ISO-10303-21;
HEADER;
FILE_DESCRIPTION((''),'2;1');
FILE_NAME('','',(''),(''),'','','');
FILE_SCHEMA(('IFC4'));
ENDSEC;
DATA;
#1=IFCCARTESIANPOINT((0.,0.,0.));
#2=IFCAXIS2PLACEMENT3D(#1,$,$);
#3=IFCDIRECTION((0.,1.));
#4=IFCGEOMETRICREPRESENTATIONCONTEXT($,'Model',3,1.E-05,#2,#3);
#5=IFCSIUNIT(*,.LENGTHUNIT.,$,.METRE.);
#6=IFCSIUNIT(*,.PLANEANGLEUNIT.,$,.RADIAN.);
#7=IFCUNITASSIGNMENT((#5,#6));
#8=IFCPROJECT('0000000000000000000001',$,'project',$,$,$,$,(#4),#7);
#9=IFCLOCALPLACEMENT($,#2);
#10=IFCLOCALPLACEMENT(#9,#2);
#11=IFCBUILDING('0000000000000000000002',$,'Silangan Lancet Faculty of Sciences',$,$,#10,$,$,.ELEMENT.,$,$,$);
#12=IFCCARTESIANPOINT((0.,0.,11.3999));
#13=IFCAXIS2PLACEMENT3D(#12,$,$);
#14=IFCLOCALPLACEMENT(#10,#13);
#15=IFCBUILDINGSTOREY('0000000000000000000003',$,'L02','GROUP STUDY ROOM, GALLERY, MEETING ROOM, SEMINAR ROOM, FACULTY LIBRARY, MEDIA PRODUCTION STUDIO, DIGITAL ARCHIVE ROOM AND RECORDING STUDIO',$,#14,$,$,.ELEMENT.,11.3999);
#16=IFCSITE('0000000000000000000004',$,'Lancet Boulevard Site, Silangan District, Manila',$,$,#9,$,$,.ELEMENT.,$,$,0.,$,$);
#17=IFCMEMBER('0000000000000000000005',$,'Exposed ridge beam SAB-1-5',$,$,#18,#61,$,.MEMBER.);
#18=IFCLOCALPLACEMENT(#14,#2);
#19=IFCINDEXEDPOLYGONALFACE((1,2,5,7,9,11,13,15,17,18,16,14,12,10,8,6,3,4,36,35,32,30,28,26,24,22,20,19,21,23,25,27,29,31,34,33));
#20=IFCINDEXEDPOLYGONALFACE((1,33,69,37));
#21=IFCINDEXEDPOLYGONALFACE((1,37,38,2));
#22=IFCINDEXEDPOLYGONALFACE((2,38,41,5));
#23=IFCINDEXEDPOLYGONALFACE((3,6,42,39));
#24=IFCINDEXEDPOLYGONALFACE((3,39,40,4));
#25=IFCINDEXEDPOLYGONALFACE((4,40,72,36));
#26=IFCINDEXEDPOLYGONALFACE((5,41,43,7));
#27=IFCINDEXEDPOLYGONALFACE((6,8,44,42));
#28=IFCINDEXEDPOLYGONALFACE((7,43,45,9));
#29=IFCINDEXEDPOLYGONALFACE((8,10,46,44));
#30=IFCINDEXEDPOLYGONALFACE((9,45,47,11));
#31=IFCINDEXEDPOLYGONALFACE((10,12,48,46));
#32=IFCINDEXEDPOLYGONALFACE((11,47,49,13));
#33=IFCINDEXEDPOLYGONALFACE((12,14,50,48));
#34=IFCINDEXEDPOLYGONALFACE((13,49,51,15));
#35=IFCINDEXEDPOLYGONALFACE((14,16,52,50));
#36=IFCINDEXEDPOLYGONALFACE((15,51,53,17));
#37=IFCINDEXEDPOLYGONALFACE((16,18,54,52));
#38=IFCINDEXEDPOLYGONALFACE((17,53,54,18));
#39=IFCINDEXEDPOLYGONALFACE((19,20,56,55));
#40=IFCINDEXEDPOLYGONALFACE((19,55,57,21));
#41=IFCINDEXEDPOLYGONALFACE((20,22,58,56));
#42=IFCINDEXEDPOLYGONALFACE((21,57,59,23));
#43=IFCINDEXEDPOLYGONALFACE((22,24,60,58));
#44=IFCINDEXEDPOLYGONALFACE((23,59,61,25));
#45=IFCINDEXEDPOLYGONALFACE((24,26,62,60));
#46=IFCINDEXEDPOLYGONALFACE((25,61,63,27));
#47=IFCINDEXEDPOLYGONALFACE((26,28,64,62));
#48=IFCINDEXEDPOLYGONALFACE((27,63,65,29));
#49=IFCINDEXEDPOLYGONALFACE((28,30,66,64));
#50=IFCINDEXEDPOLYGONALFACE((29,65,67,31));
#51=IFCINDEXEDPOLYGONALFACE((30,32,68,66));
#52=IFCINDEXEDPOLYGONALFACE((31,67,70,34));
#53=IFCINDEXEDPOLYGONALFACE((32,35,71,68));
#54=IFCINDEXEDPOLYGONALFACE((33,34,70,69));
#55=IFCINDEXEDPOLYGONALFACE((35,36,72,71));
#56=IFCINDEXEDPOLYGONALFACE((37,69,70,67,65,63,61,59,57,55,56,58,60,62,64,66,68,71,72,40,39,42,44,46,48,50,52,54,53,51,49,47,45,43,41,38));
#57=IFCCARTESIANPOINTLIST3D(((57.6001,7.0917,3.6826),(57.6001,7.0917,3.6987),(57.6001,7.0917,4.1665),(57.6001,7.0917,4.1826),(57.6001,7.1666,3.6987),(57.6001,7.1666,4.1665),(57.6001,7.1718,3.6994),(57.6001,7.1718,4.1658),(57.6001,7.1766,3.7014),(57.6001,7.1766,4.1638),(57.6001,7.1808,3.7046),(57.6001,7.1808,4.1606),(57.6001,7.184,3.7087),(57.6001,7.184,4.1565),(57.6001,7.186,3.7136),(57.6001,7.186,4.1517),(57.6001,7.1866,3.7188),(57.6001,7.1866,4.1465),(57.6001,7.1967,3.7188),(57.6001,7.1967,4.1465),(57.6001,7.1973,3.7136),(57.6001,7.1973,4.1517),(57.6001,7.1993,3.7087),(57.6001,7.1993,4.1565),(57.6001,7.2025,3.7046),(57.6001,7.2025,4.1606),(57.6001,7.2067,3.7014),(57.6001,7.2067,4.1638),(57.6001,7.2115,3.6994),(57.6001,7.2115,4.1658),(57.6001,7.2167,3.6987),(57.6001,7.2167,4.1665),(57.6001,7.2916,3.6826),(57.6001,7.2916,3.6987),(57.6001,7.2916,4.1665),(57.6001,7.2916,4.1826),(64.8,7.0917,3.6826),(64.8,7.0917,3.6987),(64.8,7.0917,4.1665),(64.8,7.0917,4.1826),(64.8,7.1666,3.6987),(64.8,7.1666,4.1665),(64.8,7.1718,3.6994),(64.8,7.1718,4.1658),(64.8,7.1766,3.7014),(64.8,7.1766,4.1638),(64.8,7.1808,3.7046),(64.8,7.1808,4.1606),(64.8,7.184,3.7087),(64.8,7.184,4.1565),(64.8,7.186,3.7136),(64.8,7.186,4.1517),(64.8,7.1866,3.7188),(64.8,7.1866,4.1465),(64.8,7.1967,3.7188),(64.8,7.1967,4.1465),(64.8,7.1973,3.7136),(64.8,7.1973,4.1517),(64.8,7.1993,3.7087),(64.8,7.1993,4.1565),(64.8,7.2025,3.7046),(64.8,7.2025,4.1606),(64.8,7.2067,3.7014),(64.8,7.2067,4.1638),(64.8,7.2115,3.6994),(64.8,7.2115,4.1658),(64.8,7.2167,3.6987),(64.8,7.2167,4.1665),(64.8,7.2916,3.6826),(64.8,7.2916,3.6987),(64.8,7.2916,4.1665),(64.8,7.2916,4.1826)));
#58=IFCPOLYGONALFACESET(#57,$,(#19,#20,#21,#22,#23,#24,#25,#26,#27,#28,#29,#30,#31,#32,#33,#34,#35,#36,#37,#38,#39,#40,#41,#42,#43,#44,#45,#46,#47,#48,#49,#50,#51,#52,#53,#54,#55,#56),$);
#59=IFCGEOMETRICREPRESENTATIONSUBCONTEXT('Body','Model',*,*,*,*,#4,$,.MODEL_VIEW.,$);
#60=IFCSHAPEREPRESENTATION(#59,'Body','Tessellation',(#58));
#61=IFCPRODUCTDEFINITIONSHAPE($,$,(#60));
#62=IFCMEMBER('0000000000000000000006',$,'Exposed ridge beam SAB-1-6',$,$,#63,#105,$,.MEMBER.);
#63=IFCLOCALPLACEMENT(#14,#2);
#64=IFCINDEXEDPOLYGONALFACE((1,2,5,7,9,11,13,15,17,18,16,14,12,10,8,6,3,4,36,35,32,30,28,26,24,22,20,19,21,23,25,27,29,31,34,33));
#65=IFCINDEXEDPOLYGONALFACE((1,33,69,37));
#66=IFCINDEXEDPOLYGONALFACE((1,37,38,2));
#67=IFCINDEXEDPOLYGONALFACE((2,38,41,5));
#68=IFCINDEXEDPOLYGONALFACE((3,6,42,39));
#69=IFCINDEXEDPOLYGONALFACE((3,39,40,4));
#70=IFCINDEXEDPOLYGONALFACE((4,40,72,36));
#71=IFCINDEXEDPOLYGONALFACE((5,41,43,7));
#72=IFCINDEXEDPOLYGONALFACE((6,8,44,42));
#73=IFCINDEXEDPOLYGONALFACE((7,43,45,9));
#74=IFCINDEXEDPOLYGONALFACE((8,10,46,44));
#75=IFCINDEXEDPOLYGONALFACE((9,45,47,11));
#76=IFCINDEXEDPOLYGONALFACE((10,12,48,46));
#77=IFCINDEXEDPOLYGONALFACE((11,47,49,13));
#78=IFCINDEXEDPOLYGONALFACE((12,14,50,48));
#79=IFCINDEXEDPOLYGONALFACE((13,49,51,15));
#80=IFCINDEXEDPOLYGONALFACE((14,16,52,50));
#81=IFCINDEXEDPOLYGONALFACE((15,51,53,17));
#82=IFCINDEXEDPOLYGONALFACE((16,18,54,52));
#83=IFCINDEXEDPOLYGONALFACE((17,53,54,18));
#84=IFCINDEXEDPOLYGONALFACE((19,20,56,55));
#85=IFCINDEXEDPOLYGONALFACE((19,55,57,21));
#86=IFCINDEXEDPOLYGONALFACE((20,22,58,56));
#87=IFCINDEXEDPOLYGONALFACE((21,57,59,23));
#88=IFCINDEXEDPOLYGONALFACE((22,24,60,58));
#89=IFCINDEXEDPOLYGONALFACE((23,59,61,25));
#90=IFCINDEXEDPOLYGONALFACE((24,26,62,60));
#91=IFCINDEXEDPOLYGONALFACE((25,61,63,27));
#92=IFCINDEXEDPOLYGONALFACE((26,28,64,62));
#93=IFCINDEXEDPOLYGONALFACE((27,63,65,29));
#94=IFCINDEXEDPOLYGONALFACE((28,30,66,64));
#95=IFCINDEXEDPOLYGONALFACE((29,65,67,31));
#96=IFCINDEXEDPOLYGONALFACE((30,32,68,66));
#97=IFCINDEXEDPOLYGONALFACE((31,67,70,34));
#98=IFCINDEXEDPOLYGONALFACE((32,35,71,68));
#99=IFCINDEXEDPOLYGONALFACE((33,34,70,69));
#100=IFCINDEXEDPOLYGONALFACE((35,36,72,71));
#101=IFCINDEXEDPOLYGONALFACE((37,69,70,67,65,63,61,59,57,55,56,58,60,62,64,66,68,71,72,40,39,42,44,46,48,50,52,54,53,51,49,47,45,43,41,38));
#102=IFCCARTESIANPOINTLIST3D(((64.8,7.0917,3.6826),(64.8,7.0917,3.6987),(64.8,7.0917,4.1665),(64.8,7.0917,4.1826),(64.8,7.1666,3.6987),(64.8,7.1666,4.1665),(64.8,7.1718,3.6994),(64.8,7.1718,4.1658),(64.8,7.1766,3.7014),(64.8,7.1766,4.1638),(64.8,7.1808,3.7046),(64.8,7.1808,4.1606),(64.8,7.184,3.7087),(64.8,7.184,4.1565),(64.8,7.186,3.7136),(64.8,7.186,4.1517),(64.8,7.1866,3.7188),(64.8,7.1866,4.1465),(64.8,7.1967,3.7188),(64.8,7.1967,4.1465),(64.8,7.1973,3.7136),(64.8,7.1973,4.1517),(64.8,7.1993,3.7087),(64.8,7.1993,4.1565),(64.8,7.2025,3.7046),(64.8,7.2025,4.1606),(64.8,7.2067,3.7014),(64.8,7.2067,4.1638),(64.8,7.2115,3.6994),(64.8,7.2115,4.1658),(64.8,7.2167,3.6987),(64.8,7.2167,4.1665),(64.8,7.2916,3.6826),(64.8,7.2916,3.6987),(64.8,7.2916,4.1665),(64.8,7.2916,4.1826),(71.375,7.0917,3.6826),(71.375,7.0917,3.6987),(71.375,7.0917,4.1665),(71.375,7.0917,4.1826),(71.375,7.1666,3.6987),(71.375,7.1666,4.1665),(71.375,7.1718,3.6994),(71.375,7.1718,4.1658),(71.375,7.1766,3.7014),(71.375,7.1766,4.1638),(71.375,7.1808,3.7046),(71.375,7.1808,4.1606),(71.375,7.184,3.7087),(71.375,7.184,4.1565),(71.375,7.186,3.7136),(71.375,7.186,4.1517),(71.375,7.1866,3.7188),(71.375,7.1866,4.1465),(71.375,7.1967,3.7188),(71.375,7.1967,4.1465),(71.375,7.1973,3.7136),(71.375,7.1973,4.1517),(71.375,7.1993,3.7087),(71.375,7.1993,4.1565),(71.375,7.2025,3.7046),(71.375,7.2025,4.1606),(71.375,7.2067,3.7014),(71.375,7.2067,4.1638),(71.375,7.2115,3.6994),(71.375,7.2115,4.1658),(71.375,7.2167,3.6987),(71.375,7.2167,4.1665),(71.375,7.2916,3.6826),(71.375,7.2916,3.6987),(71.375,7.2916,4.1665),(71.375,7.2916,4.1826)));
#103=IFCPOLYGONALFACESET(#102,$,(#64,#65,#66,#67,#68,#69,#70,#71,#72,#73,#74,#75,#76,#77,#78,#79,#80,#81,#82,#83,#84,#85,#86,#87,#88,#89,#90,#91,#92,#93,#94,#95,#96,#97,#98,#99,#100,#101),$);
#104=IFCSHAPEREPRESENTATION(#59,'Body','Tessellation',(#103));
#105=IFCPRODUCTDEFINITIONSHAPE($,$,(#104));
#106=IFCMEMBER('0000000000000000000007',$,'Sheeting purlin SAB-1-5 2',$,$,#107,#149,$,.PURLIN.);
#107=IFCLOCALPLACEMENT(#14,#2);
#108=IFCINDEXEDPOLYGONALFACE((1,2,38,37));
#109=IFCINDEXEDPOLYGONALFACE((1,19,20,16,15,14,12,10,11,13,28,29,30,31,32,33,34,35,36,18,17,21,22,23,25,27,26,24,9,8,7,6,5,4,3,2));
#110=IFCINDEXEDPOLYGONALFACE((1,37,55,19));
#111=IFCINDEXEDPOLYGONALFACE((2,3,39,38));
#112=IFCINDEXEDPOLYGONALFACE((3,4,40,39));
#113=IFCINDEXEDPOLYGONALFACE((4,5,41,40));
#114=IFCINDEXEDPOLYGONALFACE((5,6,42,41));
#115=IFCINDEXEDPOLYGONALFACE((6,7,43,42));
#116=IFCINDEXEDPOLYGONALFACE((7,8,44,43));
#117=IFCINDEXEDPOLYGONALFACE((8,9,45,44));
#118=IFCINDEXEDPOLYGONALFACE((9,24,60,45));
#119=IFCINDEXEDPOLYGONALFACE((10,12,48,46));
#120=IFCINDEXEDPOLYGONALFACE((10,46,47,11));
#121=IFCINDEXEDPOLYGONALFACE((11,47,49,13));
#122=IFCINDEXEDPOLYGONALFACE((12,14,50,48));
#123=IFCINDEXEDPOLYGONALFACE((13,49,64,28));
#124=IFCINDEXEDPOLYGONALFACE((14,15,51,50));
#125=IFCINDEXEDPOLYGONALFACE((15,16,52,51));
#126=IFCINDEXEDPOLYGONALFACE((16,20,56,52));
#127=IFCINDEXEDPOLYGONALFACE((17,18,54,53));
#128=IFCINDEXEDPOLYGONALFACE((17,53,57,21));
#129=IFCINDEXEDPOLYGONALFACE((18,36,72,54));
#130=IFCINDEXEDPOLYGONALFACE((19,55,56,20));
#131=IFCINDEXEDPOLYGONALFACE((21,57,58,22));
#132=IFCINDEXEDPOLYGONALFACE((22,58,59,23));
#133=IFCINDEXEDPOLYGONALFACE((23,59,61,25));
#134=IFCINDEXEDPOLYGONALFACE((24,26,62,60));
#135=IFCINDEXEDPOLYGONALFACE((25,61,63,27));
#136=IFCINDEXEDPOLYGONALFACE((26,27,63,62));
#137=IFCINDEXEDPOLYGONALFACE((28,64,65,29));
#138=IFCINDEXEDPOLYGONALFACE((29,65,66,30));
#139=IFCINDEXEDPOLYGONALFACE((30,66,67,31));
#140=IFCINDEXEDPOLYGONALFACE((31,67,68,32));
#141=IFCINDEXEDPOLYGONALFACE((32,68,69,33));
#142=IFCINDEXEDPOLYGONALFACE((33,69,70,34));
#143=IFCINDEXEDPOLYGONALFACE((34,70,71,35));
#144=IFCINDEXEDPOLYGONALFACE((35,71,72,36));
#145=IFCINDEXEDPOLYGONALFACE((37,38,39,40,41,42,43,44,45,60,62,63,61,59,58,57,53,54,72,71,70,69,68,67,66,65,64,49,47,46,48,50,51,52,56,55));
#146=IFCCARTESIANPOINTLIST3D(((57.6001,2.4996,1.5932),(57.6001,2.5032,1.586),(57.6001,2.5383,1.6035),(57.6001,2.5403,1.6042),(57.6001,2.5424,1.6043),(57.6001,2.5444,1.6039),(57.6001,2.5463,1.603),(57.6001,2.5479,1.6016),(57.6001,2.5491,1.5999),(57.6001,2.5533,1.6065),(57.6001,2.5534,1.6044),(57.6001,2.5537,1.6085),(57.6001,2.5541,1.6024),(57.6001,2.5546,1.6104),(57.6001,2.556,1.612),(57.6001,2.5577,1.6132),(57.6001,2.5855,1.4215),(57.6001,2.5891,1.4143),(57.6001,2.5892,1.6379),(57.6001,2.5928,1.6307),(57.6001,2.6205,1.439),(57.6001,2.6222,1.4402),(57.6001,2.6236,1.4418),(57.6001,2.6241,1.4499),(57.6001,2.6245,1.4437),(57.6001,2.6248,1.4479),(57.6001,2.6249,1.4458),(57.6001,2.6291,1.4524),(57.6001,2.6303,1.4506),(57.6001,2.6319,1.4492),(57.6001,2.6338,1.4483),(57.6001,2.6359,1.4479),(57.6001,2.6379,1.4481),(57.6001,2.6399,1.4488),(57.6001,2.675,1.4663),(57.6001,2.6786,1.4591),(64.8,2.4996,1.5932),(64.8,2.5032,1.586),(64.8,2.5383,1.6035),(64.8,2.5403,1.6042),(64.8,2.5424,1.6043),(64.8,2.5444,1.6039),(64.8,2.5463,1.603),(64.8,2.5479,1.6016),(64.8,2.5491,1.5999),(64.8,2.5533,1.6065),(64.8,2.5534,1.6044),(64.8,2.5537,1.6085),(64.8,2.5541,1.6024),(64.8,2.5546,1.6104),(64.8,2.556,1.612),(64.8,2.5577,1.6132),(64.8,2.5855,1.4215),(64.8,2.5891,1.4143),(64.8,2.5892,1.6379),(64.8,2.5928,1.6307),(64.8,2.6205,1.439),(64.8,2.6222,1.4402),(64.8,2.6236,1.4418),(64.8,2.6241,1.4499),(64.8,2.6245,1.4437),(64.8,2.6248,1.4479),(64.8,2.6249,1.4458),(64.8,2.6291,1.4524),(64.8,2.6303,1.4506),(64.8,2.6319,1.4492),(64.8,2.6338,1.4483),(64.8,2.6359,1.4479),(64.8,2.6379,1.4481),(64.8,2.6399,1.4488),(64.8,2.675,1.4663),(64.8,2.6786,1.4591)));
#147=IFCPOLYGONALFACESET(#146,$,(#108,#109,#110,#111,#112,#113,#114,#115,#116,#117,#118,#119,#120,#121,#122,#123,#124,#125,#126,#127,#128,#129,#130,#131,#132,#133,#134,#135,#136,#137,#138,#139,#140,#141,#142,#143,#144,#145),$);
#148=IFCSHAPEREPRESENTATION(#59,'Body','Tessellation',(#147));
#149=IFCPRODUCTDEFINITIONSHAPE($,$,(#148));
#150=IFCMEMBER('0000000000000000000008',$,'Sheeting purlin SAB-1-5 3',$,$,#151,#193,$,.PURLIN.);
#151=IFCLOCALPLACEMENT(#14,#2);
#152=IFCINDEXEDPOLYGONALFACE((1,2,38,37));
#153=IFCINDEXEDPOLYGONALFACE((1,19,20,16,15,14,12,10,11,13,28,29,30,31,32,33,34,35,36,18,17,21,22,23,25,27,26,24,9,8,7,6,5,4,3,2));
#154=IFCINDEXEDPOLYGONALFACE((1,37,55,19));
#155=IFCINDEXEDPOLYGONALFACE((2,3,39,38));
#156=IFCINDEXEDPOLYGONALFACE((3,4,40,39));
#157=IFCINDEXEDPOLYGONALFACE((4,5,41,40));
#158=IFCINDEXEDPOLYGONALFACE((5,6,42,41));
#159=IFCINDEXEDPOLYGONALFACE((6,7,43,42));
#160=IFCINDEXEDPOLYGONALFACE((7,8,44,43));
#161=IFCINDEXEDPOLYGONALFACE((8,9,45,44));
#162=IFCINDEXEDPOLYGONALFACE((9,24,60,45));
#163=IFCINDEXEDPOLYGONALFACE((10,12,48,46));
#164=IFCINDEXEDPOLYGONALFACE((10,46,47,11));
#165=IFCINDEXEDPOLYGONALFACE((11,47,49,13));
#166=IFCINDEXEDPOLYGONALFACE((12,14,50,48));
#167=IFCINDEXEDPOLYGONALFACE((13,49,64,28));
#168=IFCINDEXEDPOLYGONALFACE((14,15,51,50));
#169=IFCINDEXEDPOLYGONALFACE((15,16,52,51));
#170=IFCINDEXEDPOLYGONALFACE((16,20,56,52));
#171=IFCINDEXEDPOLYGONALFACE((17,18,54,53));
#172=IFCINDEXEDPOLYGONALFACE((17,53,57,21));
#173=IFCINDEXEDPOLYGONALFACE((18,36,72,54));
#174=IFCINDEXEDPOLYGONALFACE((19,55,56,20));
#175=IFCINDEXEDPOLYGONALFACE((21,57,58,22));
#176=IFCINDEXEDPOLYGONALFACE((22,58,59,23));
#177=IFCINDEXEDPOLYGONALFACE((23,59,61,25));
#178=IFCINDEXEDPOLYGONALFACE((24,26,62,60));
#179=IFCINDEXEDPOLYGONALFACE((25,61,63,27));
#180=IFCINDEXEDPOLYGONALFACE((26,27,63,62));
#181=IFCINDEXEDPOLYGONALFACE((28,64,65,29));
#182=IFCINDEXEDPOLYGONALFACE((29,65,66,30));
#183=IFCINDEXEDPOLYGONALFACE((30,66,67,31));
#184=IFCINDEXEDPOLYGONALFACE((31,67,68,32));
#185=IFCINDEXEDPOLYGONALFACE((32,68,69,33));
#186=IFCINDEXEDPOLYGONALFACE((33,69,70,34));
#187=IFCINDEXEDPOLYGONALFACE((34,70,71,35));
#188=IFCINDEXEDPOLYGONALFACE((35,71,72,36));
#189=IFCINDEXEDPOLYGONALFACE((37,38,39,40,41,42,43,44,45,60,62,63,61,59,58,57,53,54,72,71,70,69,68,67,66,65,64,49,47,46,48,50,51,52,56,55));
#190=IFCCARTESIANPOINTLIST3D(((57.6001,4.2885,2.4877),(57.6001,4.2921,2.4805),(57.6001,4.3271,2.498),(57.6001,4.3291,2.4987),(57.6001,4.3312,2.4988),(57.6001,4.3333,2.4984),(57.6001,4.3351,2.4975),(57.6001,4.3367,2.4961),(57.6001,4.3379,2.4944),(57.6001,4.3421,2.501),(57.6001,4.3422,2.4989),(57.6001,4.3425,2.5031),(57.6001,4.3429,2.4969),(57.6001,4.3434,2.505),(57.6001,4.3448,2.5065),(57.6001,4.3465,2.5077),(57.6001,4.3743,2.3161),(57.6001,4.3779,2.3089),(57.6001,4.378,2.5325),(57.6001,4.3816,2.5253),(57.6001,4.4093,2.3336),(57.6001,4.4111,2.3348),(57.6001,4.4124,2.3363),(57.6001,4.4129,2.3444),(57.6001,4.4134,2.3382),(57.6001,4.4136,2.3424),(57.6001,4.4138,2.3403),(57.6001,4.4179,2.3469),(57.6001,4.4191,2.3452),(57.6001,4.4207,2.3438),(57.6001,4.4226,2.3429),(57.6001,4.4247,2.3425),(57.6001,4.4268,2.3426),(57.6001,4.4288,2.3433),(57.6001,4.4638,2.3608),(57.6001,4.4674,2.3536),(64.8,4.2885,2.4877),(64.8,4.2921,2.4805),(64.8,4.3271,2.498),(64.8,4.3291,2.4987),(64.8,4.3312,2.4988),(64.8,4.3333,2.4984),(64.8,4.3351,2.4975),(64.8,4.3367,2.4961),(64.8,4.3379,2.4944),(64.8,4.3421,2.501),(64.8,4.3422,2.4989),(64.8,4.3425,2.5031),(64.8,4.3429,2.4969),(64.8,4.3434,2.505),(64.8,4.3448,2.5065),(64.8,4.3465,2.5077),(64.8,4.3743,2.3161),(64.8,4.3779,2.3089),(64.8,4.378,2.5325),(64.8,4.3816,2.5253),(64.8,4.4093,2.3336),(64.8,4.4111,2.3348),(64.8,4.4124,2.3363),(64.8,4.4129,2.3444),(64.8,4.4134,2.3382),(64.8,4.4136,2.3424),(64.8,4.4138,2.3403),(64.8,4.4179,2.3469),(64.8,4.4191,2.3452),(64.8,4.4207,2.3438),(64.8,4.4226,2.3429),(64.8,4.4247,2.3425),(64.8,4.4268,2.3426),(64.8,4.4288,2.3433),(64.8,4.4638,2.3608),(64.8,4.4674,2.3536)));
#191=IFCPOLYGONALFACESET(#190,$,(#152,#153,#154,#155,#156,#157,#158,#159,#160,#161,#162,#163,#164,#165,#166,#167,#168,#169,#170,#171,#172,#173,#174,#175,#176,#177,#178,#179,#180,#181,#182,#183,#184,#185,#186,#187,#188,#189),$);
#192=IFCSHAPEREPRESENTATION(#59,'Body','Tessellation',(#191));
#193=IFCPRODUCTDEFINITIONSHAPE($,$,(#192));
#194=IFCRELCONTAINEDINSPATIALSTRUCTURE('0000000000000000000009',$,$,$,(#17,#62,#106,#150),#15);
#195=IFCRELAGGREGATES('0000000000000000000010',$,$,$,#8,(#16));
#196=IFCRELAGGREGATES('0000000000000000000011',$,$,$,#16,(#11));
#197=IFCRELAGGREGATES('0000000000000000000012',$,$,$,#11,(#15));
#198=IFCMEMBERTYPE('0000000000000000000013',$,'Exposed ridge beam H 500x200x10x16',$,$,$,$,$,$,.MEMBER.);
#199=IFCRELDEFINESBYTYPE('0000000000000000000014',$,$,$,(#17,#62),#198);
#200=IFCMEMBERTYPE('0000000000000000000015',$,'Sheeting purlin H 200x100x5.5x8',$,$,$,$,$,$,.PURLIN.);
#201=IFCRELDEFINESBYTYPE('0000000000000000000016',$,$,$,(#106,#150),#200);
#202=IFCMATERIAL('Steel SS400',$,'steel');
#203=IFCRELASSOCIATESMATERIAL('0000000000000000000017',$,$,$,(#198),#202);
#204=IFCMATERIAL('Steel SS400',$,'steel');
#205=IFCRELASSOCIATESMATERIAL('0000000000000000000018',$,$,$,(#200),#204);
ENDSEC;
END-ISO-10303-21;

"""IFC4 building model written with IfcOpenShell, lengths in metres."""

from ifc_helpers import new_model, si_unit, direction, frame, origin, origin_2d, place, context, subcontext, project, spatial, i_section, extrude, material, material_profile, profile_set, type_object, element, save


model = new_model("IFC4")

# Units and contexts
model_context = context("Model", 3, precision=1e-05, world=origin(), true_north=direction((0.0, 1.0)))
body_context = subcontext(model_context, "Body", "Model", "MODEL_VIEW")
ifc_project = project(units=[si_unit("LENGTHUNIT", "METRE"), si_unit("PLANEANGLEUNIT", "RADIAN")], contexts=[model_context])

# Site, building, storey
site_placement = place(None, origin())
site = spatial("IfcSite", under=ifc_project, at=site_placement, Name="Lancet Boulevard Site, Silangan District, Manila", CompositionType="ELEMENT", RefElevation=0.0)
building_placement = place(site_placement, origin())
building = spatial("IfcBuilding", under=site, at=building_placement, Name="Silangan Lancet Faculty of Sciences", CompositionType="ELEMENT")
storey_placement = place(building_placement, frame((0.0, 0.0, 11.3999)))
storey = spatial("IfcBuildingStorey", under=building, at=storey_placement, Name="L02", Description="GROUP STUDY ROOM, GALLERY, MEETING ROOM, SEMINAR ROOM, FACULTY LIBRARY, MEDIA PRODUCTION STUDIO, DIGITAL ARCHIVE ROOM AND RECORDING STUDIO", CompositionType="ELEMENT", Elevation=11.3999)

# Members
ifc_material_1 = material(Name="Steel SS400", Category="steel")
ifc_material_profile_1 = material_profile(ifc_material_1, i_section(OverallWidth=0.2, OverallDepth=0.5, WebThickness=0.01, FlangeThickness=0.0161, FilletRadius=0.02, at=origin_2d()), Name="H 500x200x10x16")
ifc_profile_set_1 = profile_set([ifc_material_profile_1], Name="Steel SS400")
member_type_1 = type_object("IfcMemberType", Name="Exposed ridge beam H 500x200x10x16", PredefinedType="MEMBER", material=ifc_profile_set_1)
member_1_placement = place(storey_placement, frame((57.6001, 7.1917, 3.9326), z_axis=(1.0, 0.0, 0.0), x_axis=(0.0, 1.0, 0.0)))
element("IfcMember", 1, at=member_1_placement, inside=storey, type_object=member_type_1, Name="Exposed ridge beam SAB-1-5", PredefinedType="MEMBER", context=body_context, shape_type="SweptSolid", body=[
    extrude(i_section(OverallWidth=0.2, OverallDepth=0.5, WebThickness=0.01, FlangeThickness=0.0161, FilletRadius=0.02, at=origin_2d()), origin(), (0.0, 0.0, 1.0), 7.2),
])
member_2_placement = place(storey_placement, frame((64.8, 7.1917, 3.9326), z_axis=(1.0, 0.0, 0.0), x_axis=(0.0, 1.0, 0.0)))
element("IfcMember", 2, at=member_2_placement, inside=storey, type_object=member_type_1, Name="Exposed ridge beam SAB-1-6", PredefinedType="MEMBER", context=body_context, shape_type="SweptSolid", body=[
    extrude(i_section(OverallWidth=0.2, OverallDepth=0.5, WebThickness=0.01, FlangeThickness=0.0161, FilletRadius=0.02, at=origin_2d()), origin(), (0.0, 0.0, 1.0), 6.575),
])
ifc_material_2 = material(Name="Steel SS400", Category="steel")
ifc_material_profile_2 = material_profile(ifc_material_2, i_section(OverallWidth=0.1001, OverallDepth=0.2, WebThickness=0.0056, FlangeThickness=0.0081, FilletRadius=0.0081, at=origin_2d()), Name="H 200x100x5.5x8")
ifc_profile_set_2 = profile_set([ifc_material_profile_2], Name="Steel SS400")
member_type_2 = type_object("IfcMemberType", Name="Sheeting purlin H 200x100x5.5x8", PredefinedType="PURLIN", material=ifc_profile_set_2)
for number, where, z_axis, x_axis, name in (
    (3, (57.6001, 2.5891, 1.5261), (1.0, 0.0, 0.0), (0.0, 0.894427, 0.447214), "Sheeting purlin SAB-1-5 2"),
    (4, (57.6001, 4.3779, 2.4207), (1.0, 0.0, 0.0), (0.0, 0.894427, 0.447214), "Sheeting purlin SAB-1-5 3"),
):
    element("IfcMember", number, at=place(storey_placement, frame(where, z_axis=z_axis, x_axis=x_axis)), inside=storey, type_object=member_type_2, Name=name, PredefinedType="PURLIN", context=body_context, shape_type="SweptSolid", body=[
        extrude(i_section(OverallWidth=0.1001, OverallDepth=0.2, WebThickness=0.0056, FlangeThickness=0.0081, FilletRadius=0.0081, at=origin_2d()), origin(), (0.0, 0.0, 1.0), 7.2),
    ])

save(model, "model.ifc")
